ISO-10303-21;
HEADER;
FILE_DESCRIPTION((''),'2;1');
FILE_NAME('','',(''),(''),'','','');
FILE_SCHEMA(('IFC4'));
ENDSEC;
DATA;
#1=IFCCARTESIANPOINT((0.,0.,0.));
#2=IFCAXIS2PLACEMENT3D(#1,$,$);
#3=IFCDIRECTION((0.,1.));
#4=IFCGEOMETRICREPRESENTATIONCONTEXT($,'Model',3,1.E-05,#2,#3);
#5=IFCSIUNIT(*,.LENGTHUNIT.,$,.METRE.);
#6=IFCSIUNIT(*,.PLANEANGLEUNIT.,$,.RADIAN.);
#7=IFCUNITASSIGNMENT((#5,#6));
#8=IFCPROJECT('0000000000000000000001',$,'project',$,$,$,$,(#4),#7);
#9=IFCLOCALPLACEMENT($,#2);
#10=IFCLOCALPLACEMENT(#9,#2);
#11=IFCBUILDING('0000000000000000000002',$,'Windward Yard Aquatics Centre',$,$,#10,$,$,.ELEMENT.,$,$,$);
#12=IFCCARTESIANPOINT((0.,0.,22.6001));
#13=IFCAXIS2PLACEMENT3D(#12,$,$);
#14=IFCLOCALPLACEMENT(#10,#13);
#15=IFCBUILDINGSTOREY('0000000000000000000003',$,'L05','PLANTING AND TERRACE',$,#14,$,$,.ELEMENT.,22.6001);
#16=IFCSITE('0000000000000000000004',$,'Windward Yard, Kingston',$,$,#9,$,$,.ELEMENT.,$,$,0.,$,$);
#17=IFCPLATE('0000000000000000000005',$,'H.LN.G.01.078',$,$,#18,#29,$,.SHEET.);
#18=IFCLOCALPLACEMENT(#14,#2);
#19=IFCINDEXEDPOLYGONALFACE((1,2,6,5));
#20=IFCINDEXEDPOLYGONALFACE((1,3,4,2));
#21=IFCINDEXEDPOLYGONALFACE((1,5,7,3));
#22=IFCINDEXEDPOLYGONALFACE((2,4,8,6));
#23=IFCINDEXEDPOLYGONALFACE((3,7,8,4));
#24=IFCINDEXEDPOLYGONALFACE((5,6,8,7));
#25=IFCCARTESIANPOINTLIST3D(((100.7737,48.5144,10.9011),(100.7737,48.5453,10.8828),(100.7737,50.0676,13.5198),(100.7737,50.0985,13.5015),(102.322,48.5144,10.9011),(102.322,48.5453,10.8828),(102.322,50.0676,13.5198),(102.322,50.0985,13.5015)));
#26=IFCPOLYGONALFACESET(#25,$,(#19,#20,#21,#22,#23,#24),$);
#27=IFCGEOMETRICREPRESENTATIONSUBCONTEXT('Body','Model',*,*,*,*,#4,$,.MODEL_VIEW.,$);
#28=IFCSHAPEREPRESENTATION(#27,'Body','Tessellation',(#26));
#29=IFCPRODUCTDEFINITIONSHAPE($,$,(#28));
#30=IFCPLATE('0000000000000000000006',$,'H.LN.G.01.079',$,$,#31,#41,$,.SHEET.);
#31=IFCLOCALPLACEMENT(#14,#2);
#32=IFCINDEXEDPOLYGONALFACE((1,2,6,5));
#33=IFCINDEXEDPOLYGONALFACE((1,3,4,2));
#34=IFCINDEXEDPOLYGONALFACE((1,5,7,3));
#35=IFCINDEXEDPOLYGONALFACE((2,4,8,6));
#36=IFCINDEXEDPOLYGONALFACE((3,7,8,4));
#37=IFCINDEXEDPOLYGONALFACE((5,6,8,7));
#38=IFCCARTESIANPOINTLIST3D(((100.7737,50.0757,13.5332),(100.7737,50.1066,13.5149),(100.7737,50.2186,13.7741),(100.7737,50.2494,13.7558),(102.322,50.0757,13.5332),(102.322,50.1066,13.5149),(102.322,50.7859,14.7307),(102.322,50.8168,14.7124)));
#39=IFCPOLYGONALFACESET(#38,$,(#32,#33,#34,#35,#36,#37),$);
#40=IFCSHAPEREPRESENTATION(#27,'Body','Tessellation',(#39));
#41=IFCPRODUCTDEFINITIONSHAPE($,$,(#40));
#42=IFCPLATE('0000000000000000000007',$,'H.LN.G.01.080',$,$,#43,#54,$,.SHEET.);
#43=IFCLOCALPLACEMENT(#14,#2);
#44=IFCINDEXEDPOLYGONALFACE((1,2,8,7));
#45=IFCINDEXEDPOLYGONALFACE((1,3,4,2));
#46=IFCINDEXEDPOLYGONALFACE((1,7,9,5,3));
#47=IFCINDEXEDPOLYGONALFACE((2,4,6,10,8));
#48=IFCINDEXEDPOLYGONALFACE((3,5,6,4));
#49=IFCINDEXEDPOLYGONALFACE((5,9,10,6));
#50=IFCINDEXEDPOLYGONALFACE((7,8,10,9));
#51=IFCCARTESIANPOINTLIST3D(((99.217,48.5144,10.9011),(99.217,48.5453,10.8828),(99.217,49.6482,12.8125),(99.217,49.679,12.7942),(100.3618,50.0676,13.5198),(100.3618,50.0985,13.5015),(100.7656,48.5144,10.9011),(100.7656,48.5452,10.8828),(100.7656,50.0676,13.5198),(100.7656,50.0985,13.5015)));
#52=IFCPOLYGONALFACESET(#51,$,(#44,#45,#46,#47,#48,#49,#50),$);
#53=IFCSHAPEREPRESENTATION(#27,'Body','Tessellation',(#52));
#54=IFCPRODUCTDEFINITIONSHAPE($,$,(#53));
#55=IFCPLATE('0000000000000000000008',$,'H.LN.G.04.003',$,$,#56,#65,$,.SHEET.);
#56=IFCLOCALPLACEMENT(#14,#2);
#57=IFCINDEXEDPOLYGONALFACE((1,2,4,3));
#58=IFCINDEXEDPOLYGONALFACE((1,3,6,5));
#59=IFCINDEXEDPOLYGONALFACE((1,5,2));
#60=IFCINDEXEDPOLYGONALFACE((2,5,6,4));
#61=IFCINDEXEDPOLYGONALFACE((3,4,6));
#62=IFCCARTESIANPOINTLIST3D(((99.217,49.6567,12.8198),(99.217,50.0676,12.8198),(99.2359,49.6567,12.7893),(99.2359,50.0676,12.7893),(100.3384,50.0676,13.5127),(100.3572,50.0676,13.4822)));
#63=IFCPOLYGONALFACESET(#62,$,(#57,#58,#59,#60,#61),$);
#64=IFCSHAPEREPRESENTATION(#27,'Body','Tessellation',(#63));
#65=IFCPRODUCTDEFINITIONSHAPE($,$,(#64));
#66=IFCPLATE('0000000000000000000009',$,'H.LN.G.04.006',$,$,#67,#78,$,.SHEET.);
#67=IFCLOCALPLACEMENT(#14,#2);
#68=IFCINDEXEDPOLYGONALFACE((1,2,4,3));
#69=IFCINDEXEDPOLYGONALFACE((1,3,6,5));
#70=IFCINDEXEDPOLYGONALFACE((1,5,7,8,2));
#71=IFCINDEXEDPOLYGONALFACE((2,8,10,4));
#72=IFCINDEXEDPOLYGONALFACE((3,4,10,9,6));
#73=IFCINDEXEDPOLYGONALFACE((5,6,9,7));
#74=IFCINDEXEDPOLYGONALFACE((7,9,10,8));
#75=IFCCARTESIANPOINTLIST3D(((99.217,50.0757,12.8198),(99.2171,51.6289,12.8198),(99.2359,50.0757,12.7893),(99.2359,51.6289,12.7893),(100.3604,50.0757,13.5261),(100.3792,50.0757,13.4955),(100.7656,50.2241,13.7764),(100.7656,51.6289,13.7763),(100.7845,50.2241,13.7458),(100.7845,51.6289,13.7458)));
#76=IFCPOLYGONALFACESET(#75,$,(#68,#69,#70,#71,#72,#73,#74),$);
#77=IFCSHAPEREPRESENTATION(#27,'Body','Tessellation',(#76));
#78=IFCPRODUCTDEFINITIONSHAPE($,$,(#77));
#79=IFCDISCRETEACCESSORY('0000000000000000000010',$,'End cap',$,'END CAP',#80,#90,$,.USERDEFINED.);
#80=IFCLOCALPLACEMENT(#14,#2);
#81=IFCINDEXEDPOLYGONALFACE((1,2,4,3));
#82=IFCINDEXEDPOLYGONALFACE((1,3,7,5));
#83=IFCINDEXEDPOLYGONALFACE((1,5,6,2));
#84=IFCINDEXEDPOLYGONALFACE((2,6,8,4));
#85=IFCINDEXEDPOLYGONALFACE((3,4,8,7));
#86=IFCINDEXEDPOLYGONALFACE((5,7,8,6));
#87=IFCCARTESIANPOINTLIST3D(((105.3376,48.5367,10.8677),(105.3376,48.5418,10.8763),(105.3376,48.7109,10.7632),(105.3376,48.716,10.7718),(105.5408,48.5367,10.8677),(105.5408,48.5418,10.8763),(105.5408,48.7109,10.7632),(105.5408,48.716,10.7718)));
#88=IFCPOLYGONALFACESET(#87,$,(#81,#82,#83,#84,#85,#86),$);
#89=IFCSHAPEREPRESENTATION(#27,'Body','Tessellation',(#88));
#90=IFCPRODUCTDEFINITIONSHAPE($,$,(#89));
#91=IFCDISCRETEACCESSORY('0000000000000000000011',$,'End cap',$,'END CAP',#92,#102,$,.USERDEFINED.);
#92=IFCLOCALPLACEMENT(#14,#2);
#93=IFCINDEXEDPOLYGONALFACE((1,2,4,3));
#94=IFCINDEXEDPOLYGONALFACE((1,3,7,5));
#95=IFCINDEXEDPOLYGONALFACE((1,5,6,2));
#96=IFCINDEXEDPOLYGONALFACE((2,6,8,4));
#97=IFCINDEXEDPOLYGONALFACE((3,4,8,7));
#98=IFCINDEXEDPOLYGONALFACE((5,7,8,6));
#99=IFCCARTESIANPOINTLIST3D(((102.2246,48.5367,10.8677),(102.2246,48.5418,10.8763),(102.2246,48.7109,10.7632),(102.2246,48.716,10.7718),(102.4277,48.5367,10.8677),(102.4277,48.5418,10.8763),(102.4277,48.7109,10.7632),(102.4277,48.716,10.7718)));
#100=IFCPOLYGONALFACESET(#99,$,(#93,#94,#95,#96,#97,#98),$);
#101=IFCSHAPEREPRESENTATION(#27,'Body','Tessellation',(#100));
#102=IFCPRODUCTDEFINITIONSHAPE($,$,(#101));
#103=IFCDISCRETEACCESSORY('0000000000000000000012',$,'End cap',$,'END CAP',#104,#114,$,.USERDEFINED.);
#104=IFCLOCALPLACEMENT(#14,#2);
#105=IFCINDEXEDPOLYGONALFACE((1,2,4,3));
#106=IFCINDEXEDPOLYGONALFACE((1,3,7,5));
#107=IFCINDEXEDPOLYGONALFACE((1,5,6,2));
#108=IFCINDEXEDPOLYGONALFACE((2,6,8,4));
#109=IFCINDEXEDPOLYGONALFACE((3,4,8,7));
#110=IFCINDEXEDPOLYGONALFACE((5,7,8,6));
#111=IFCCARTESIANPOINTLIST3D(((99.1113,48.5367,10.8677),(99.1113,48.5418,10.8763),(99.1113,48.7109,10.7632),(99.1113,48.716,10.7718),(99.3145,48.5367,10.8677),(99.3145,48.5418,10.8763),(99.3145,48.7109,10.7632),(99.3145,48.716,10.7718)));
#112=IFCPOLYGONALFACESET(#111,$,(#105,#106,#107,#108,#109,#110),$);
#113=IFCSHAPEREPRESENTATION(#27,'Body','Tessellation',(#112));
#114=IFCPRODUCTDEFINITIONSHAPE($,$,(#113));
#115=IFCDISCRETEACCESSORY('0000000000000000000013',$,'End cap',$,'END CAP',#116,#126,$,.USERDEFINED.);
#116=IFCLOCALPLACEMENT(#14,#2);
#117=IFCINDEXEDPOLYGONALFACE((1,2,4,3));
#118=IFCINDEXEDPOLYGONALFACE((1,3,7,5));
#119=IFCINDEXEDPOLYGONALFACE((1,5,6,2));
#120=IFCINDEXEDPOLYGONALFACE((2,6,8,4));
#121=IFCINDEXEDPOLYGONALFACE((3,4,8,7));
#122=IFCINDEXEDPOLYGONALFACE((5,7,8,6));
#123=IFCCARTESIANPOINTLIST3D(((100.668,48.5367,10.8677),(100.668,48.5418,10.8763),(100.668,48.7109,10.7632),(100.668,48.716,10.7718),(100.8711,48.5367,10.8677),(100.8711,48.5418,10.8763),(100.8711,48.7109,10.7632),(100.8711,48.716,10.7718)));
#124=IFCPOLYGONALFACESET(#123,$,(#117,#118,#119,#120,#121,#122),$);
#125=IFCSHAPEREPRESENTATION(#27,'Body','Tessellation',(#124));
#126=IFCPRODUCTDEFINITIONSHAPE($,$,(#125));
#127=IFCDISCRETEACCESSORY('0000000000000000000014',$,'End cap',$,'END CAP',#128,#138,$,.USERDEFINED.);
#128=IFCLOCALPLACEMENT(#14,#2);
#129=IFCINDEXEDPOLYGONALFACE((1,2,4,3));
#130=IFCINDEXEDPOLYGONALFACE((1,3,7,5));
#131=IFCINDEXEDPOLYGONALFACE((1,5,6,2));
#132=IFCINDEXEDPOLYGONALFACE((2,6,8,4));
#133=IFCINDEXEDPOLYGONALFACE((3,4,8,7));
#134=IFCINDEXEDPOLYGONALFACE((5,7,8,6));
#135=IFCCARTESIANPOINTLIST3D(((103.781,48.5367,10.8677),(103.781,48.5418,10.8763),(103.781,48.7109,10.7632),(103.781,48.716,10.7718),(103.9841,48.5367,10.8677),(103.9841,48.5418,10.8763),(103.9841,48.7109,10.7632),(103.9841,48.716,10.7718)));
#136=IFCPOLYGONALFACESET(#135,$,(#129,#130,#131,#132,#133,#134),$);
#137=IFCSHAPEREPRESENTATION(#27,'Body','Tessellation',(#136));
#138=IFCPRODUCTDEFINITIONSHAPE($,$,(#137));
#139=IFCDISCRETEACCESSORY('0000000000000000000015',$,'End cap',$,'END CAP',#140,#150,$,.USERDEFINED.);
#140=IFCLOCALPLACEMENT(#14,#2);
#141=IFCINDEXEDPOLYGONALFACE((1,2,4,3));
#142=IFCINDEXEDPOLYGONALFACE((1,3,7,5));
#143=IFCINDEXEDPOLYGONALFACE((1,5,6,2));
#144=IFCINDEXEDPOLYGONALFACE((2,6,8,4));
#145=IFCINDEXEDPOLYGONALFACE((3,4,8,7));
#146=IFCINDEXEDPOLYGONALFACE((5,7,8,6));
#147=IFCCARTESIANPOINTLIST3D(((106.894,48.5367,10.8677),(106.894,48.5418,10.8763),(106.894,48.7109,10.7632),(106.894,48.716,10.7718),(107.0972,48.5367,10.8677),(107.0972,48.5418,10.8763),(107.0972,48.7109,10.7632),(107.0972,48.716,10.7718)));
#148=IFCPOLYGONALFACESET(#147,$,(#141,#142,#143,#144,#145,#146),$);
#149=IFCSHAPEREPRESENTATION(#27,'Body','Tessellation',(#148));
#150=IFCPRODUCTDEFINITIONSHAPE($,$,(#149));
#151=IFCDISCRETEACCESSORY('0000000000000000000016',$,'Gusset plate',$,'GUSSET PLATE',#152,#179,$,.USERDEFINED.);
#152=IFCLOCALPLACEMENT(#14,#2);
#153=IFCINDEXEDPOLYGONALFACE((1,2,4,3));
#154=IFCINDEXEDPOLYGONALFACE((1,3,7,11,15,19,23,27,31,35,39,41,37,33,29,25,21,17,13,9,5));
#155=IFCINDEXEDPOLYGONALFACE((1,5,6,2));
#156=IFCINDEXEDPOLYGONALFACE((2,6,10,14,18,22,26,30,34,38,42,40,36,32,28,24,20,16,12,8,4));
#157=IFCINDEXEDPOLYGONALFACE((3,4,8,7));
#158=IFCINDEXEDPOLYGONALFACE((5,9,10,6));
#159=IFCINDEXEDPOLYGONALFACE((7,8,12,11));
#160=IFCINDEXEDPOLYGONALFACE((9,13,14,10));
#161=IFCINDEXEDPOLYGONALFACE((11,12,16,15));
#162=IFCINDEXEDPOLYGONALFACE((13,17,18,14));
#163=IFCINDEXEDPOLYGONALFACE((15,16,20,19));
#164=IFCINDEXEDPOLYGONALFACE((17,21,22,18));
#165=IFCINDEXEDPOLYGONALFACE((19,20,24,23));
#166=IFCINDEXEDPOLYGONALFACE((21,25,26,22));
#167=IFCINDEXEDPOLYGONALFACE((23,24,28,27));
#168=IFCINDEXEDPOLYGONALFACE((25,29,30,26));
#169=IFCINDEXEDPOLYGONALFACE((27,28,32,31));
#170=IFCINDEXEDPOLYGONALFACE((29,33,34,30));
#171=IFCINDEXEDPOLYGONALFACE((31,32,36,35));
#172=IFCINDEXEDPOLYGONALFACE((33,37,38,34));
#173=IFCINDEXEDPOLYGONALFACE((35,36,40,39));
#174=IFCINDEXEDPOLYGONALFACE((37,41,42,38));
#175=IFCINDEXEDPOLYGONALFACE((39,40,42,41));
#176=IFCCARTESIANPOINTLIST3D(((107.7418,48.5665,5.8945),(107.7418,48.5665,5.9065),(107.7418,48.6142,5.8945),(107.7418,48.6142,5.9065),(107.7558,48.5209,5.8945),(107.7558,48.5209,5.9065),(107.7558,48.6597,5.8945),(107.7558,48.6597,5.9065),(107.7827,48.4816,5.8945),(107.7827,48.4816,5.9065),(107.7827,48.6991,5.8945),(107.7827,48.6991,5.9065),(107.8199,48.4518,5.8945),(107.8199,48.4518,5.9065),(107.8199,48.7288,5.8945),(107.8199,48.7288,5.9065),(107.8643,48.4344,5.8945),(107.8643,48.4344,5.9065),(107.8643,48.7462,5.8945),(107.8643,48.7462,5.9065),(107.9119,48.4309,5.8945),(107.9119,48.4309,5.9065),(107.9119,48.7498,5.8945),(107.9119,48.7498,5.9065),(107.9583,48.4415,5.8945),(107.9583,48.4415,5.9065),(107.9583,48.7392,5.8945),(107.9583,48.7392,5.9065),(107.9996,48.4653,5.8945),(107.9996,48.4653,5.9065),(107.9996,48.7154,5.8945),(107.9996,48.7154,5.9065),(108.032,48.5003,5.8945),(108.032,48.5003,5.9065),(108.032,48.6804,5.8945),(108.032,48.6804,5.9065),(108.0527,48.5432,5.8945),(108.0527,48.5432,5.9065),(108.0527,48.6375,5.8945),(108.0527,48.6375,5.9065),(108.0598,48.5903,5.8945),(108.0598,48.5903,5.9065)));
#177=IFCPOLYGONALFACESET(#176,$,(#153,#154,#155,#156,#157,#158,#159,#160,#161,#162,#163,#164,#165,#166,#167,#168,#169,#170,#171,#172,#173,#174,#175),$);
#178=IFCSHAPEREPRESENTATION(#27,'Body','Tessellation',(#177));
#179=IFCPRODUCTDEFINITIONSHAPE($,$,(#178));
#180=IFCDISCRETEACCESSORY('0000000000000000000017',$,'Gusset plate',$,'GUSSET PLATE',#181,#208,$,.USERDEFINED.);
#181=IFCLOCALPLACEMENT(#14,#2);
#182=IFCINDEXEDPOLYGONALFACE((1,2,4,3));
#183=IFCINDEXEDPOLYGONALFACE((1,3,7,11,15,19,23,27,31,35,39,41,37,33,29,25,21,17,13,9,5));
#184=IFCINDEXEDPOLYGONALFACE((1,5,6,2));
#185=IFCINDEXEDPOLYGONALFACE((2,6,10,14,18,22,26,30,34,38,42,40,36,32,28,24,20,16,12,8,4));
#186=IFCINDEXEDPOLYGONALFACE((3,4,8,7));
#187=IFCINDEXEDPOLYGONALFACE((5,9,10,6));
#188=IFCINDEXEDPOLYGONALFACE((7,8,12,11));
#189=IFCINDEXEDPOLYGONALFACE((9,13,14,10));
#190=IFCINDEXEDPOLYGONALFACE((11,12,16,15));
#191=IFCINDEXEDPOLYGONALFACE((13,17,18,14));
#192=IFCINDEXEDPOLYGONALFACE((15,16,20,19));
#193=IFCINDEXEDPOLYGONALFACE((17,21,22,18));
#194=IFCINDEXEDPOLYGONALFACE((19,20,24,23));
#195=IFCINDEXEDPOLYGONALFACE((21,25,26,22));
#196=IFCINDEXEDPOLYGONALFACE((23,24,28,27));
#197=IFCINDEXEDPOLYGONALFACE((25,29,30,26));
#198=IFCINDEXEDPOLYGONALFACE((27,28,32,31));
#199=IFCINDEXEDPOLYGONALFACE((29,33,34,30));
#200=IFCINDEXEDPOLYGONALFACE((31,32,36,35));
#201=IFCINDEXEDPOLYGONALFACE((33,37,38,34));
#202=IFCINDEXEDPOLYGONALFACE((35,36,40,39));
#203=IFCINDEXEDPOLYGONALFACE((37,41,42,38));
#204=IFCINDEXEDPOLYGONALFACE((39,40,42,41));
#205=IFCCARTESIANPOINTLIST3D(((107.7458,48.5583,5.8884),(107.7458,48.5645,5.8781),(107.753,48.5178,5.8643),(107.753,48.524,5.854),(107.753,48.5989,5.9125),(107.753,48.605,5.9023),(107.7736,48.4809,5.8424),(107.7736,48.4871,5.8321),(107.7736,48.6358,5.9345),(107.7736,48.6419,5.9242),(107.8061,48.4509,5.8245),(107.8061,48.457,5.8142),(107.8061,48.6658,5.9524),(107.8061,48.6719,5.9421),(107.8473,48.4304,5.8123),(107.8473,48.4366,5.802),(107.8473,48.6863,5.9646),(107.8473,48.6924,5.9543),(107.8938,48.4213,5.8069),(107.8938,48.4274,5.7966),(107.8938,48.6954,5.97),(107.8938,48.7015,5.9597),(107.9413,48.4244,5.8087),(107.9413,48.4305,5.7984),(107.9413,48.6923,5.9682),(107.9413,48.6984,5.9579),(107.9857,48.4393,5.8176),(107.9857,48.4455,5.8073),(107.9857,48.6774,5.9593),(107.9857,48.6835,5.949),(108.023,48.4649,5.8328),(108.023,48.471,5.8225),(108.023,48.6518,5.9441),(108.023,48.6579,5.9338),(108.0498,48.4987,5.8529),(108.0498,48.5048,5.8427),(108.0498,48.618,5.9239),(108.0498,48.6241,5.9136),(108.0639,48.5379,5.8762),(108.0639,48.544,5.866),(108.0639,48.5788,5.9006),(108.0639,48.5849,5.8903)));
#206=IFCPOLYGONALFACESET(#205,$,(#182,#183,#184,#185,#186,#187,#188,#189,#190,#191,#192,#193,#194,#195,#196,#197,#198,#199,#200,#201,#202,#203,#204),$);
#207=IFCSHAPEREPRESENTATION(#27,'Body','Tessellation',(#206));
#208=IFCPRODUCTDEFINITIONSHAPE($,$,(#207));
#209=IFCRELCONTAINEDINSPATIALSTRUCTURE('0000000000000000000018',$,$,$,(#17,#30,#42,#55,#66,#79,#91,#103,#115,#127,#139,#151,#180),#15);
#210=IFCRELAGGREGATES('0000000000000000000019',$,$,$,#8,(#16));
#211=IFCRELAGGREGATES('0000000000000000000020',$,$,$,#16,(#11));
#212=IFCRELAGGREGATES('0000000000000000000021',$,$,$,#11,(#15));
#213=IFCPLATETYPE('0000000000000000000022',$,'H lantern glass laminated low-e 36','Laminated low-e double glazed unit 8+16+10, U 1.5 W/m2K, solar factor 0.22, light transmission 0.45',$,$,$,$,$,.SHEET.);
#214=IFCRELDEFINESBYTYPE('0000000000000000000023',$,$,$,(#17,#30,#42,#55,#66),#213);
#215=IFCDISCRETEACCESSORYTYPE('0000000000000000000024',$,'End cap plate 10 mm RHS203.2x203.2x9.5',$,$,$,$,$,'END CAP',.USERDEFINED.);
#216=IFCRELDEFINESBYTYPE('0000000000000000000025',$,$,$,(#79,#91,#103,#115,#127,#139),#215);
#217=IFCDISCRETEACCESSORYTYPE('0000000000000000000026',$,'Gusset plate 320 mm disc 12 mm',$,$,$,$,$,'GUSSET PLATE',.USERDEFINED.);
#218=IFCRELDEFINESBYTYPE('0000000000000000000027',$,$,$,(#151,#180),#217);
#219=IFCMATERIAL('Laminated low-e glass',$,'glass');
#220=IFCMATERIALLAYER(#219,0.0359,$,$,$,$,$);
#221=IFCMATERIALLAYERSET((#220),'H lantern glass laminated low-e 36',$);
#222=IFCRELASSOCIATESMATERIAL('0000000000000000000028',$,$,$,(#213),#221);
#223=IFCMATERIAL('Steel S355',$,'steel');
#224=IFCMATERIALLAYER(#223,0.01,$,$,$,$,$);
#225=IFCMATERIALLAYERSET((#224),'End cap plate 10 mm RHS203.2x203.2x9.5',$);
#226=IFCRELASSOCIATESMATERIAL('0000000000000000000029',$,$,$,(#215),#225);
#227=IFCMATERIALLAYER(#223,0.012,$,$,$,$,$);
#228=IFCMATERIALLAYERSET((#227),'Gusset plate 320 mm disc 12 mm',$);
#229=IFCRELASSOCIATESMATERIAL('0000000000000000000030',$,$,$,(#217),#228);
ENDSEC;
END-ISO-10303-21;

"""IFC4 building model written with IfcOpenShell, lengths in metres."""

from ifc_helpers import new_model, si_unit, direction, frame, origin, origin_2d, place, context, subcontext, project, spatial, polyline, rectangle, circle, outline, extrude, material, layer, layer_set, type_object, element, save


model = new_model("IFC4")

# Units and contexts
model_context = context("Model", 3, precision=1e-05, world=origin(), true_north=direction((0.0, 1.0)))
body_context = subcontext(model_context, "Body", "Model", "MODEL_VIEW")
ifc_project = project(units=[si_unit("LENGTHUNIT", "METRE"), si_unit("PLANEANGLEUNIT", "RADIAN")], contexts=[model_context])

# Site, building, storey
site_placement = place(None, origin())
site = spatial("IfcSite", under=ifc_project, at=site_placement, Name="Windward Yard, Kingston", CompositionType="ELEMENT", RefElevation=0.0)
building_placement = place(site_placement, origin())
building = spatial("IfcBuilding", under=site, at=building_placement, Name="Windward Yard Aquatics Centre", CompositionType="ELEMENT")
storey_placement = place(building_placement, frame((0.0, 0.0, 22.6001)))
storey = spatial("IfcBuildingStorey", under=building, at=storey_placement, Name="L05", Description="PLANTING AND TERRACE", CompositionType="ELEMENT", Elevation=22.6001)

# Plates
ifc_material_1 = material(Name="Laminated low-e glass", Category="glass")
ifc_layer_1 = layer(ifc_material_1, 0.0359)
ifc_layer_set_1 = layer_set([ifc_layer_1], Name="H lantern glass laminated low-e 36")
plate_type = type_object("IfcPlateType", Name="H lantern glass laminated low-e 36", Description="Laminated low-e double glazed unit 8+16+10, U 1.5 W/m2K, solar factor 0.22, light transmission 0.45", PredefinedType="SHEET", material=ifc_layer_set_1)
plate_1_placement = place(storey_placement, frame((100.7737, 48.5144, 10.9011), z_axis=(0.0, -0.860086, 0.51015), x_axis=(0.0, 0.51015, 0.860086)))
element("IfcPlate", 1, at=plate_1_placement, inside=storey, type_object=plate_type, Name="H.LN.G.01.078", PredefinedType="SHEET", context=body_context, shape_type="SweptSolid", body=[
    extrude(outline(polyline([(0.0, 0.0), (3.0446, 0.0), (3.0446, -1.5483), (0.0, -1.5483), (0.0, 0.0)])), origin(), (0.0, 0.0, -1.0), 0.0359),
])
plate_2_placement = place(storey_placement, frame((100.7737, 50.0757, 13.5332), z_axis=(0.00004, -0.860135, 0.510066), x_axis=(0.0, 0.510066, 0.860135)))
element("IfcPlate", 2, at=plate_2_placement, inside=storey, type_object=plate_type, Name="H.LN.G.01.079", PredefinedType="SHEET", context=body_context, shape_type="SweptSolid", body=[
    extrude(outline(polyline([(0.0, 0.0), (0.2801, 0.0), (1.3923, -1.5483), (0.0, -1.5483), (0.0, 0.0)])), origin(), (0.0, 0.0, -1.0), 0.0359),
])
plate_3_placement = place(storey_placement, frame((99.217, 48.5144, 10.9011), z_axis=(-0.000024, -0.860081, 0.510157), x_axis=(0.0, 0.510157, 0.860081)))
element("IfcPlate", 3, at=plate_3_placement, inside=storey, type_object=plate_type, Name="H.LN.G.01.080", PredefinedType="SHEET", context=body_context, shape_type="SweptSolid", body=[
    extrude(outline(polyline([(0.0, 0.0), (2.2224, 0.0), (3.0446, -1.1448), (3.0446, -1.5486), (0.0, -1.5486), (0.0, 0.0)])), origin(), (0.0, 0.0, -1.0), 0.0359),
])
plate_4_placement = place(storey_placement, frame((99.217, 49.6567, 12.8198), z_axis=(-0.525647, 0.0, 0.850703), x_axis=(0.0, 1.0, 0.0)))
element("IfcPlate", 4, at=plate_4_placement, inside=storey, type_object=plate_type, Name="H.LN.G.04.003", PredefinedType="SHEET", context=body_context, shape_type="SweptSolid", body=[
    extrude(outline(polyline([(0.0, 0.0), (0.4109, 0.0), (0.4109, -1.3181), (0.0, 0.0)])), origin(), (0.0, 0.0, -1.0), 0.0359),
])
plate_5_placement = place(storey_placement, frame((99.217, 50.0757, 12.8198), z_axis=(-0.52552, 0.000025, 0.850781), x_axis=(0.000013, 1.0, -0.000021)))
element("IfcPlate", 5, at=plate_5_placement, inside=storey, type_object=plate_type, Name="H.LN.G.04.006", PredefinedType="SHEET", context=body_context, shape_type="SweptSolid", body=[
    extrude(outline(polyline([(0.0, 0.0), (1.5532, 0.0), (1.5532, -1.8202), (0.1484, -1.8202), (0.0, -1.3439), (0.0, 0.0)])), origin(), (0.0, 0.0, -1.0), 0.0359),
])

# Discrete accessories
ifc_material_2 = material(Name="Steel S355", Category="steel")
ifc_layer_2 = layer(ifc_material_2, 0.01)
ifc_layer_set_2 = layer_set([ifc_layer_2], Name="End cap plate 10 mm RHS203.2x203.2x9.5")
discrete_accessory_type_1 = type_object("IfcDiscreteAccessoryType", Name="End cap plate 10 mm RHS203.2x203.2x9.5", ElementType="END CAP", PredefinedType="USERDEFINED", material=ifc_layer_set_2)
for number, where, z_axis, x_axis, name in (
    (6, (105.4392, 48.6238, 10.8154), (0.0, 0.514496, 0.857493), (-1.0, 0.0, 0.0), "End cap"),
    (7, (102.3262, 48.6238, 10.8154), (0.0, 0.514496, 0.857493), (-1.0, 0.0, 0.0), "End cap"),
    (8, (99.2129, 48.6238, 10.8154), (0.0, 0.514496, 0.857493), (-1.0, 0.0, 0.0), "End cap"),
    (9, (100.7695, 48.6238, 10.8154), (0.0, 0.514496, 0.857493), (-1.0, 0.0, 0.0), "End cap"),
    (10, (103.8826, 48.6238, 10.8154), (0.0, 0.514496, 0.857493), (-1.0, 0.0, 0.0), "End cap"),
    (11, (106.9956, 48.6238, 10.8154), (0.0, 0.514496, 0.857493), (-1.0, 0.0, 0.0), "End cap"),
):
    element("IfcDiscreteAccessory", number, at=place(storey_placement, frame(where, z_axis=z_axis, x_axis=x_axis)), inside=storey, type_object=discrete_accessory_type_1, Name=name, ObjectType="END CAP", PredefinedType="USERDEFINED", context=body_context, shape_type="SweptSolid", body=[
        extrude(rectangle(XDim=0.2031, YDim=0.2031, at=origin_2d()), origin(), (0.0, 0.0, 1.0), 0.01),
    ])
ifc_layer_3 = layer(ifc_material_2, 0.012)
ifc_layer_set_3 = layer_set([ifc_layer_3], Name="Gusset plate 320 mm disc 12 mm")
discrete_accessory_type_2 = type_object("IfcDiscreteAccessoryType", Name="Gusset plate 320 mm disc 12 mm", ElementType="GUSSET PLATE", PredefinedType="USERDEFINED", material=ifc_layer_set_3)
for number, where, z_axis, x_axis, name in (
    (12, (107.8999, 48.5903, 5.8945), (0.0, 0.0, 1.0), (1.0, 0.0, 0.0), "Gusset plate"),
    (13, (107.9058, 48.5583, 5.8884), (0.0, 0.511484, -0.859293), (-1.0, 0.0, 0.0), "Gusset plate"),
):
    element("IfcDiscreteAccessory", number, at=place(storey_placement, frame(where, z_axis=z_axis, x_axis=x_axis)), inside=storey, type_object=discrete_accessory_type_2, Name=name, ObjectType="GUSSET PLATE", PredefinedType="USERDEFINED", context=body_context, shape_type="SweptSolid", body=[
        extrude(circle(Radius=0.1599, at=origin_2d()), origin(), (0.0, 0.0, 1.0), 0.012),
    ])

save(model, "model.ifc")
